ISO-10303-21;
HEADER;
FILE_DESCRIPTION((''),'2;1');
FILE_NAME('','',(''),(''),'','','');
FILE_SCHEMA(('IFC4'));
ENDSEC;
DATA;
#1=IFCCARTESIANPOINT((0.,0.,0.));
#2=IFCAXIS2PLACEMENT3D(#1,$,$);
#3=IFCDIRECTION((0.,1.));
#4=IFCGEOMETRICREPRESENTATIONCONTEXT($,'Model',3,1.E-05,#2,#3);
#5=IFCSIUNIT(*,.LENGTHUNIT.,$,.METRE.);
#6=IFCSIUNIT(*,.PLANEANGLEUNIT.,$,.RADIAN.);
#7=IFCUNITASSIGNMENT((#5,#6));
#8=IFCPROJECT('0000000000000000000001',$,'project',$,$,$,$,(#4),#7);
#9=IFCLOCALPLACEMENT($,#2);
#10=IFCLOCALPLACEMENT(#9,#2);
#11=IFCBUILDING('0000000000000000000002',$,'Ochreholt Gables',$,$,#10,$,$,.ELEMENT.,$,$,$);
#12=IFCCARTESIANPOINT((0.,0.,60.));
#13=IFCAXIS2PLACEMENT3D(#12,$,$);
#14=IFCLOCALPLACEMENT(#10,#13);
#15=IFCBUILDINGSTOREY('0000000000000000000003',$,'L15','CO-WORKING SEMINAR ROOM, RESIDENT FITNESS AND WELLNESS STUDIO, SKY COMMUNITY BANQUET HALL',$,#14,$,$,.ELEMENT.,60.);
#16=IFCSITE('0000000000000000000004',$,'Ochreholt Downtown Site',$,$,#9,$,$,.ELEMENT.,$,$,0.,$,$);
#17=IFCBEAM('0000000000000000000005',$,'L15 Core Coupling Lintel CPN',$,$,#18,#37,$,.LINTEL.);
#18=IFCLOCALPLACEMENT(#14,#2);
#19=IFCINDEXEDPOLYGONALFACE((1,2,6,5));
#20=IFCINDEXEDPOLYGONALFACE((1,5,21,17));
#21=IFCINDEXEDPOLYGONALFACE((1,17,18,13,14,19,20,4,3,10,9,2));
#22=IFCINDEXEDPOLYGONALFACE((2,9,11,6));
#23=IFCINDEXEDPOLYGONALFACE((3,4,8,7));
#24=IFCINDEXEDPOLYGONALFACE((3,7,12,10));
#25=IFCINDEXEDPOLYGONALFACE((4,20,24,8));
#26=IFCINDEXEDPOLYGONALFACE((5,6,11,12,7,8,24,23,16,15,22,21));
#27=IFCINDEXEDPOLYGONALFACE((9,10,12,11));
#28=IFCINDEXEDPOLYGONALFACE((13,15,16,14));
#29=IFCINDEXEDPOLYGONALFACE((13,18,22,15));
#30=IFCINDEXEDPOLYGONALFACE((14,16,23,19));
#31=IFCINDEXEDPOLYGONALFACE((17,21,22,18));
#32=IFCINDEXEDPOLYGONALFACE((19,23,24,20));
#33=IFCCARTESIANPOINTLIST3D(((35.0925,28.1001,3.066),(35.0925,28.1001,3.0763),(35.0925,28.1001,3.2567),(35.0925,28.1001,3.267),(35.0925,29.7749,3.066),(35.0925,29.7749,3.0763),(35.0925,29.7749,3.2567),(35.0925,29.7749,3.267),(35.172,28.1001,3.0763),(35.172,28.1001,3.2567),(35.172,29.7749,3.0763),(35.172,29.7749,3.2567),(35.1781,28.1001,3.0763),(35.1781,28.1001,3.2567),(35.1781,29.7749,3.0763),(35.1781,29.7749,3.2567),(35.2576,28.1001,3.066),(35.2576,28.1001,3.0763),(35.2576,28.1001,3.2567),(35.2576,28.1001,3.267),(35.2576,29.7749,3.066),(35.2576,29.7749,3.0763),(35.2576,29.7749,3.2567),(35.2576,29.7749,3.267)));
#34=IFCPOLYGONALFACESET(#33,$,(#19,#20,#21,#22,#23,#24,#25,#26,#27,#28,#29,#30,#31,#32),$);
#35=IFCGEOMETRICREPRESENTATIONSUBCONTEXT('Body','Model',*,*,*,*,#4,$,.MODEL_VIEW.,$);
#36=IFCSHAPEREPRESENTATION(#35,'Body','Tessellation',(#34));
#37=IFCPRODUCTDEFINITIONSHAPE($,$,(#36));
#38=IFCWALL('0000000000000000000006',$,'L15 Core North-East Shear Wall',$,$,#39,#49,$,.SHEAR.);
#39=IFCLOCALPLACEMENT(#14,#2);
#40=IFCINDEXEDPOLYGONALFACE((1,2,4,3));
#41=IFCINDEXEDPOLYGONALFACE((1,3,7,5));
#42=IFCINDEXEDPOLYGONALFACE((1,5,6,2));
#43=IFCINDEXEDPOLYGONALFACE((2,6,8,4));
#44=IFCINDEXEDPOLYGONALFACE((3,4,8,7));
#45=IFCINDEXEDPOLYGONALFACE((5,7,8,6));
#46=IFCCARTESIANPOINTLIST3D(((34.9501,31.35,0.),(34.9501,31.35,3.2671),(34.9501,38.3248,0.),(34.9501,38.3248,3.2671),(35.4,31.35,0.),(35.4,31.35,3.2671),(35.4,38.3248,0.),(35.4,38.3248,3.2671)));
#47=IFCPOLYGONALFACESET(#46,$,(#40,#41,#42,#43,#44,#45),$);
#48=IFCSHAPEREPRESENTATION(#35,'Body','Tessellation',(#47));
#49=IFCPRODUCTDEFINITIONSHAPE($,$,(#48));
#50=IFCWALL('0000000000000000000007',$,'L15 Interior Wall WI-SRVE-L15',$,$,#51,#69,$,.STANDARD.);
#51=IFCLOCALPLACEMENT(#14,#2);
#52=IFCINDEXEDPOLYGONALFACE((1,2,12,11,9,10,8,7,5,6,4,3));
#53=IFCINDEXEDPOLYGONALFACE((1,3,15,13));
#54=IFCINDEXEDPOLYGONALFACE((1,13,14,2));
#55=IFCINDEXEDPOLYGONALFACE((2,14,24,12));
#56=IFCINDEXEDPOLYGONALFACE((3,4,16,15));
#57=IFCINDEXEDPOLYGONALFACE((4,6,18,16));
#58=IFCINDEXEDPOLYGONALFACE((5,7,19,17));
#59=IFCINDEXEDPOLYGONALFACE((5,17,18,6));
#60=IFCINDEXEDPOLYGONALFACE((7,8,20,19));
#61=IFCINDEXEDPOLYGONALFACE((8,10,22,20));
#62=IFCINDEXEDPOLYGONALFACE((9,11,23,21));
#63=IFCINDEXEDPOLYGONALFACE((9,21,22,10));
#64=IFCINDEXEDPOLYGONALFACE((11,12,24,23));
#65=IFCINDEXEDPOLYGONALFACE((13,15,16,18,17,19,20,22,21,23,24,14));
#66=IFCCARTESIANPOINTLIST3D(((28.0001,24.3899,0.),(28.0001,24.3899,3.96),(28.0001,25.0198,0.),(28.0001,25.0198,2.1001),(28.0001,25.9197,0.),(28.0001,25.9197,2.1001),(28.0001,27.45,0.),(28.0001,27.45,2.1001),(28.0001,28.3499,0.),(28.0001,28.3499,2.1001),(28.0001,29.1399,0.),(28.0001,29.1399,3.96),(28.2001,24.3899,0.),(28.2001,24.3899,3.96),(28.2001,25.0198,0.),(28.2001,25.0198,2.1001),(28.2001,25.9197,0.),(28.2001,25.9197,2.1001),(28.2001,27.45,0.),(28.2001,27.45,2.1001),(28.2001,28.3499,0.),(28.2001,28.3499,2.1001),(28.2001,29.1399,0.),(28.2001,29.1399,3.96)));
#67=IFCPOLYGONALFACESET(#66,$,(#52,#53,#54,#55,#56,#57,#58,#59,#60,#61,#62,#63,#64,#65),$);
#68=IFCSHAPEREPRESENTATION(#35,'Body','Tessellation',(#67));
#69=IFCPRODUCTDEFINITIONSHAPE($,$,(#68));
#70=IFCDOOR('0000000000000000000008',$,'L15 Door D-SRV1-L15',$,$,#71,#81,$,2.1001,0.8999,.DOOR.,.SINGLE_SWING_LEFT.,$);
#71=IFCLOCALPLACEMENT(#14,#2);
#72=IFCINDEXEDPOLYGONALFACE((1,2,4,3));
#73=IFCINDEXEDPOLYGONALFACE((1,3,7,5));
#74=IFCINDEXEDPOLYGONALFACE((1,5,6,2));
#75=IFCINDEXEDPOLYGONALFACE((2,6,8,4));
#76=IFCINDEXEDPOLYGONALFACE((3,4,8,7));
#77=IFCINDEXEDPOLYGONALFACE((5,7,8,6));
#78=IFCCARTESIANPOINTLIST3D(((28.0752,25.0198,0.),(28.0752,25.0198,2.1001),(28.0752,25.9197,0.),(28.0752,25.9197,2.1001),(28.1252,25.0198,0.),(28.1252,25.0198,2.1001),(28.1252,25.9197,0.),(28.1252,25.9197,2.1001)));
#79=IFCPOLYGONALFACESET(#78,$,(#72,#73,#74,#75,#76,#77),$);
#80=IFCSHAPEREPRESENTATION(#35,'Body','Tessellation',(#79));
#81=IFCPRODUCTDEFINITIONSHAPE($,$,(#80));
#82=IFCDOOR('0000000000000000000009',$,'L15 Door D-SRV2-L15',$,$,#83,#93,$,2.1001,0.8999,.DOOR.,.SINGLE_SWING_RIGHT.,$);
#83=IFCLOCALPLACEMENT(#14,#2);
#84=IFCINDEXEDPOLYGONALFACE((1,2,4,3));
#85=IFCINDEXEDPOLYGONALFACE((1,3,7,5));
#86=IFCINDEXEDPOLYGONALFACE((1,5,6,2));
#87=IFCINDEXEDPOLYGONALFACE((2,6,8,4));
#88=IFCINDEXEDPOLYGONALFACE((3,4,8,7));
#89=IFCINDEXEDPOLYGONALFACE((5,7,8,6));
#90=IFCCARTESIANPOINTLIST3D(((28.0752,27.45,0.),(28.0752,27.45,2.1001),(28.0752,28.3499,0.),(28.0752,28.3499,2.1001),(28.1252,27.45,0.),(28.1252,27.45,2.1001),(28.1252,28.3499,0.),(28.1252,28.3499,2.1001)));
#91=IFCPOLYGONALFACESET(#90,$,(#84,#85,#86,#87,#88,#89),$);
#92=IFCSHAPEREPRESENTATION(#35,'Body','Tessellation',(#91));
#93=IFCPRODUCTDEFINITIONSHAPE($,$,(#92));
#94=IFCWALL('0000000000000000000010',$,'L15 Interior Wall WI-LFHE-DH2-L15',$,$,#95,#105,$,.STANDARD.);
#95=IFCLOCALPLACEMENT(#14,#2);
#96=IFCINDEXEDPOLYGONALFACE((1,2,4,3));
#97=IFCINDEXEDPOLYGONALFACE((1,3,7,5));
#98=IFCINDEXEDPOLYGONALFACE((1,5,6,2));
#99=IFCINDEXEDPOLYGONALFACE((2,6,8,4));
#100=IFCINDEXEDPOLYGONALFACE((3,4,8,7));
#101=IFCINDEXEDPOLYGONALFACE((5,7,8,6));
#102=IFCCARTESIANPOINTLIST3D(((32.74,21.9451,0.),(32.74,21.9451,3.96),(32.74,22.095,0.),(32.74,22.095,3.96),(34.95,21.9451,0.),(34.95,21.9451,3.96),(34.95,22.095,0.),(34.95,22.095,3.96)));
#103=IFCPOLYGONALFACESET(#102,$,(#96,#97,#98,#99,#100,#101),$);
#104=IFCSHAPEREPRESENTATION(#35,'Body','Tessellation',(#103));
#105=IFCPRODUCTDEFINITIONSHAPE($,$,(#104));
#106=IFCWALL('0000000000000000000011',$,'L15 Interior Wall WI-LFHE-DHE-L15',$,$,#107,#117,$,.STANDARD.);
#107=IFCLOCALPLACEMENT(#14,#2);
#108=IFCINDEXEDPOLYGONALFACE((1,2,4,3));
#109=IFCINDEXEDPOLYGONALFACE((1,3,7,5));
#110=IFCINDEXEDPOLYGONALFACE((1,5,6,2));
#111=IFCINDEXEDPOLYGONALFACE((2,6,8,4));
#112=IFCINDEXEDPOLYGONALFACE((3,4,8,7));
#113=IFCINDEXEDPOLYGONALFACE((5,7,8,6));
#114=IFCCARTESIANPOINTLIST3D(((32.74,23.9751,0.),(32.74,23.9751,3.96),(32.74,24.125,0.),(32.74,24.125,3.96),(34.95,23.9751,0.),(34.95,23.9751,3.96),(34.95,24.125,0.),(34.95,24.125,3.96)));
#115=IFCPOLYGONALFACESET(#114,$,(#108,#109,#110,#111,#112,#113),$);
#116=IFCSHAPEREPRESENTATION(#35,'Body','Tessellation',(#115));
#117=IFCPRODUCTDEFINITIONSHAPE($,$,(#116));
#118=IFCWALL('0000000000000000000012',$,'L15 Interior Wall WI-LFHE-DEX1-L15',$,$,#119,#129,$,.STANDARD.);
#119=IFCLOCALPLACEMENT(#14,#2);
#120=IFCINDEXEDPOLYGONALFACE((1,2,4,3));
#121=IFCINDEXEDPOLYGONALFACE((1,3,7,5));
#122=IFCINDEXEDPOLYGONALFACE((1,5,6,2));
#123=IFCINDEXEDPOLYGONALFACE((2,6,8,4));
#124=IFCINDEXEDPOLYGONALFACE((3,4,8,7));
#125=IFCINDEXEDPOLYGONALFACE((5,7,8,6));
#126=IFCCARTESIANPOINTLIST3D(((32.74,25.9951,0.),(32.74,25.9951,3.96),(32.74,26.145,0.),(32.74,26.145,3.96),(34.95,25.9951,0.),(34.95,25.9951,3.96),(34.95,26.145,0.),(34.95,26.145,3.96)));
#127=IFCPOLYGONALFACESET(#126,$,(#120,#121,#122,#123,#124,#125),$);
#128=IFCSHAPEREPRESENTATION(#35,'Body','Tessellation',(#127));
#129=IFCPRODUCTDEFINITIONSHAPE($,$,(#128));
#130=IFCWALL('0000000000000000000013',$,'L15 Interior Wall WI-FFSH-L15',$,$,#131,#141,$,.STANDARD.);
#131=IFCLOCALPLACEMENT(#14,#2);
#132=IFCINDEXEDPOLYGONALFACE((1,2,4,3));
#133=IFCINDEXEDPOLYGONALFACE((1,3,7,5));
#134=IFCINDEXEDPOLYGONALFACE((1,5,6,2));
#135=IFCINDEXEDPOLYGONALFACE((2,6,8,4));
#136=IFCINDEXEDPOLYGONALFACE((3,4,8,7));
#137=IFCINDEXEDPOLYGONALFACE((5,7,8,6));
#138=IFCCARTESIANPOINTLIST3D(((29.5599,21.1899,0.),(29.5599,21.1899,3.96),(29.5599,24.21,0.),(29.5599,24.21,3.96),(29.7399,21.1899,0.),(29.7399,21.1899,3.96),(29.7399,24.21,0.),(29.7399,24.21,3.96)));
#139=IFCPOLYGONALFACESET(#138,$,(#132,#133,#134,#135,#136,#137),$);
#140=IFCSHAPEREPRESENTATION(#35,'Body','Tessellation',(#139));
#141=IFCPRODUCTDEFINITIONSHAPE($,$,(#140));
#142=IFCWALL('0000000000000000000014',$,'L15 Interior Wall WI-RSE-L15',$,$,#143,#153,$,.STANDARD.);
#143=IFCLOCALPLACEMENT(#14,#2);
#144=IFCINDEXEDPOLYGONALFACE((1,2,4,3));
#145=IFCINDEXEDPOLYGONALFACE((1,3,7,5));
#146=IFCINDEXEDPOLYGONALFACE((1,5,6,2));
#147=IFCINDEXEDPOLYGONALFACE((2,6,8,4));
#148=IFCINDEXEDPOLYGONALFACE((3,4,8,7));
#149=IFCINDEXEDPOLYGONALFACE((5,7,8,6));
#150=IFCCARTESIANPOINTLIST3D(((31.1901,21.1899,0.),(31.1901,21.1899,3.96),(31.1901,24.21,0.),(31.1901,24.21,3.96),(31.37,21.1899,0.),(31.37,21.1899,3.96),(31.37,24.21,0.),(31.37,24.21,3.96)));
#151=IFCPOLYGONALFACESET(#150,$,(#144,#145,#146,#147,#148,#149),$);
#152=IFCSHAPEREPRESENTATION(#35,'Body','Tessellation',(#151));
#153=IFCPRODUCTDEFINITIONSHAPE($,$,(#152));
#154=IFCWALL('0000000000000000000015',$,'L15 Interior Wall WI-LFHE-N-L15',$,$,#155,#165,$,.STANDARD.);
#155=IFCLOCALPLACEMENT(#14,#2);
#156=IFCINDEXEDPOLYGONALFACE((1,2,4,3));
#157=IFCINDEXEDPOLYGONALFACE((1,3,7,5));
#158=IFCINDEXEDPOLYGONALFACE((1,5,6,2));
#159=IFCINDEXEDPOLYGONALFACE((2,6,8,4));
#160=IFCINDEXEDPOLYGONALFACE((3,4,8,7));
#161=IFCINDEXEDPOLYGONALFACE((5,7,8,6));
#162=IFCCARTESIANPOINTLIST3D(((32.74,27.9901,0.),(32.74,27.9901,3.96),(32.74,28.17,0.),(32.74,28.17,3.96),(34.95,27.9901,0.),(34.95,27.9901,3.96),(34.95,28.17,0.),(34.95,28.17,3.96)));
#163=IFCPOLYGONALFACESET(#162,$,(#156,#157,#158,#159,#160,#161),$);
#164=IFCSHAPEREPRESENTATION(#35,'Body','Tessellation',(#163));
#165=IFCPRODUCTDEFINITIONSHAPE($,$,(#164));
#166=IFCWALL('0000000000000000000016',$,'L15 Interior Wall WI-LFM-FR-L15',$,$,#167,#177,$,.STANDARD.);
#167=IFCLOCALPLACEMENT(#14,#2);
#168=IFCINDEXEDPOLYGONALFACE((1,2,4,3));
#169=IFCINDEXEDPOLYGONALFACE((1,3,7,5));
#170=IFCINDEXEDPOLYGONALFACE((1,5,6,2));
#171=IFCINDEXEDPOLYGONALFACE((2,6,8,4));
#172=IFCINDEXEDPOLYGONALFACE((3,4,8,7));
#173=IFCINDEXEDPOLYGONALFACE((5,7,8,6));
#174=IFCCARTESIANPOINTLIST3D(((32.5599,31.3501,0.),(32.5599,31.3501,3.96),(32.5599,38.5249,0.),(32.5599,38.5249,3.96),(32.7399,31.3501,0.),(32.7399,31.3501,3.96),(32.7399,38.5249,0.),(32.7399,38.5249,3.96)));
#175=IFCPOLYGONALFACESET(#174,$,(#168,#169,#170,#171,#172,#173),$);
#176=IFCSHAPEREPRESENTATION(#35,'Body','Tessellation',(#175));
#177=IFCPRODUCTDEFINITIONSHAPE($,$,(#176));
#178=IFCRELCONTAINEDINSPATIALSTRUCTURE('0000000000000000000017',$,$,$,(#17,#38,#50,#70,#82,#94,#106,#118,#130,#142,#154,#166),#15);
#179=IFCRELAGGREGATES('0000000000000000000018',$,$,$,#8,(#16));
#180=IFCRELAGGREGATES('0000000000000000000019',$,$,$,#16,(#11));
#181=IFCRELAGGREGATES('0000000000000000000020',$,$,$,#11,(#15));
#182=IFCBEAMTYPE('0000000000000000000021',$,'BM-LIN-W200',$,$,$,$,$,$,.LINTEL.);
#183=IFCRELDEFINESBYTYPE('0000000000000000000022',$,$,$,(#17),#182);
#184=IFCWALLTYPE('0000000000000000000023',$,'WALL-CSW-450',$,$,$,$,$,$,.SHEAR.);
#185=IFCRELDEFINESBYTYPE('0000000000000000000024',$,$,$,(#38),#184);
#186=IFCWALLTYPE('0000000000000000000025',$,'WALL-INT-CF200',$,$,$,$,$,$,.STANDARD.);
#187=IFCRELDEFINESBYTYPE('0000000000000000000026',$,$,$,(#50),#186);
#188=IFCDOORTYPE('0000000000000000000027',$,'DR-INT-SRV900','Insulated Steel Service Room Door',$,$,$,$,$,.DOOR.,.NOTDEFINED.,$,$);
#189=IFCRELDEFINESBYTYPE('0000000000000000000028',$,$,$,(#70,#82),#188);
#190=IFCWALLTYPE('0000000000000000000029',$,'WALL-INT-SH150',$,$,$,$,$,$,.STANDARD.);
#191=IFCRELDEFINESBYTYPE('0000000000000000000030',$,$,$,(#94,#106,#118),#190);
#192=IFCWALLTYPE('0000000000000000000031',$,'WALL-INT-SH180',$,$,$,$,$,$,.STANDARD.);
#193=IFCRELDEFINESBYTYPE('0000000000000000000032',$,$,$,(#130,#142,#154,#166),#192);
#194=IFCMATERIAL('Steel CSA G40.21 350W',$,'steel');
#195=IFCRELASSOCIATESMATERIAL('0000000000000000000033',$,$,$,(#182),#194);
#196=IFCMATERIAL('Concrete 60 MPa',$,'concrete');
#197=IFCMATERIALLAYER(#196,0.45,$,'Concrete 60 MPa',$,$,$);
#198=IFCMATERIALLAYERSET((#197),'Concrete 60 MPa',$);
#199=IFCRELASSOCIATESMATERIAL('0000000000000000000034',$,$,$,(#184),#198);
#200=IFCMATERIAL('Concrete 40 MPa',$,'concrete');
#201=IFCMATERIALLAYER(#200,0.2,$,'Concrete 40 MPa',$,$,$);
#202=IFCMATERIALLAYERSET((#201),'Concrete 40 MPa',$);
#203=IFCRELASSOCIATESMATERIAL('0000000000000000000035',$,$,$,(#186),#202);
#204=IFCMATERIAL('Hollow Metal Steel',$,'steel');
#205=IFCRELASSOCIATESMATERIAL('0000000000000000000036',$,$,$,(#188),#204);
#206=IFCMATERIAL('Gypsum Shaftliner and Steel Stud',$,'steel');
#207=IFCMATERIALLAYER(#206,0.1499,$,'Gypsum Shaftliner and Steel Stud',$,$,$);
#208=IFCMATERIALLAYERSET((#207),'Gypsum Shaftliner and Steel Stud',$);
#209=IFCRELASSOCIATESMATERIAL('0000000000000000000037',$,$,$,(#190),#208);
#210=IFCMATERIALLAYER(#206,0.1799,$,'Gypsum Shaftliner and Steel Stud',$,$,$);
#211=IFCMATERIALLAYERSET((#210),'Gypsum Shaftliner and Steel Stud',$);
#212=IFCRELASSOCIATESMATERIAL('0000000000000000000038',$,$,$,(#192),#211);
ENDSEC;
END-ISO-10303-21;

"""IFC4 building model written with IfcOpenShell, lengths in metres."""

from ifc_helpers import new_model, si_unit, direction, frame, frame_2d, origin, origin_2d, place, context, subcontext, project, spatial, rectangle, i_section, extrude, material, layer, layer_set, material_profile, profile_set, type_object, element, fill, save


model = new_model("IFC4")

# Units and contexts
model_context = context("Model", 3, precision=1e-05, world=origin(), true_north=direction((0.0, 1.0)))
body_context = subcontext(model_context, "Body", "Model", "MODEL_VIEW")
ifc_project = project(units=[si_unit("LENGTHUNIT", "METRE"), si_unit("PLANEANGLEUNIT", "RADIAN")], contexts=[model_context])

# Site, building, storey
site_placement = place(None, origin())
site = spatial("IfcSite", under=ifc_project, at=site_placement, Name="Ochreholt Downtown Site", CompositionType="ELEMENT", RefElevation=0.0)
building_placement = place(site_placement, origin())
building = spatial("IfcBuilding", under=site, at=building_placement, Name="Ochreholt Gables", CompositionType="ELEMENT")
storey_placement = place(building_placement, frame((0.0, 0.0, 60.0)))
storey = spatial("IfcBuildingStorey", under=building, at=storey_placement, Name="L15", Description="CO-WORKING SEMINAR ROOM, RESIDENT FITNESS AND WELLNESS STUDIO, SKY COMMUNITY BANQUET HALL", CompositionType="ELEMENT", Elevation=60.0)

# Beam
ifc_material_1 = material(Name="Steel CSA G40.21 350W", Category="steel")
ifc_material_profile = material_profile(ifc_material_1, i_section(OverallWidth=0.165, OverallDepth=0.2009, WebThickness=0.0061, FlangeThickness=0.0103, at=origin_2d()), Name="W200X36")
ifc_profile_set = profile_set([ifc_material_profile], Name="Steel CSA G40.21 350W")
beam_type = type_object("IfcBeamType", Name="BM-LIN-W200", PredefinedType="LINTEL", material=ifc_profile_set)
beam_placement = place(storey_placement, frame((35.175, 28.1001, 3.1665), z_axis=(0.0, 1.0, 0.0), x_axis=(-1.0, 0.0, 0.0)))
element("IfcBeam", 1, at=beam_placement, inside=storey, type_object=beam_type, Name="L15 Core Coupling Lintel CPN", PredefinedType="LINTEL", context=body_context, shape_type="SweptSolid", body=[
    extrude(i_section(OverallWidth=0.165, OverallDepth=0.2009, WebThickness=0.0061, FlangeThickness=0.0103, at=origin_2d()), origin(), (0.0, 0.0, 1.0), 1.6748),
])

# Wall
ifc_material_2 = material(Name="Concrete 60 MPa", Category="concrete")
ifc_layer_1 = layer(ifc_material_2, 0.45, Name="Concrete 60 MPa")
ifc_layer_set_1 = layer_set([ifc_layer_1], Name="Concrete 60 MPa")
wall_type_1 = type_object("IfcWallType", Name="WALL-CSW-450", PredefinedType="SHEAR", material=ifc_layer_set_1)
wall_1_placement = place(storey_placement, frame((35.175, 31.3501, 0.0), z_axis=(0.0, 0.0, 1.0), x_axis=(0.0, 1.0, 0.0)))
element("IfcWall", 2, at=wall_1_placement, inside=storey, type_object=wall_type_1, Name="L15 Core North-East Shear Wall", PredefinedType="SHEAR", context=body_context, shape_type="SweptSolid", body=[
    extrude(rectangle(XDim=6.9749, YDim=0.45, at=frame_2d((3.4873, 0.0))), origin(), (0.0, 0.0, 1.0), 3.2671),
])

# Wall, openings, doors
ifc_material_3 = material(Name="Concrete 40 MPa", Category="concrete")
ifc_layer_2 = layer(ifc_material_3, 0.2, Name="Concrete 40 MPa")
ifc_layer_set_2 = layer_set([ifc_layer_2], Name="Concrete 40 MPa")
wall_type_2 = type_object("IfcWallType", Name="WALL-INT-CF200", PredefinedType="STANDARD", material=ifc_layer_set_2)
wall_2_placement = place(storey_placement, frame((28.1001, 24.3899, 0.0), z_axis=(0.0, 0.0, 1.0), x_axis=(0.0, 1.0, 0.0)))
wall_2 = element("IfcWall", 3, at=wall_2_placement, inside=storey, type_object=wall_type_2, Name="L15 Interior Wall WI-SRVE-L15", PredefinedType="STANDARD", context=body_context, shape_type="SweptSolid", body=[
    extrude(rectangle(XDim=4.75, YDim=0.2, at=frame_2d((2.375, 0.0))), origin(), (0.0, 0.0, 1.0), 3.96),
])
opening_1_placement = place(wall_2_placement, frame((0.6299, 0.0, 0.0)))
opening_1 = element("IfcOpeningElement", 4, at=opening_1_placement, cuts=wall_2, PredefinedType="OPENING", context=body_context, shape_type="SweptSolid", body=[
    extrude(rectangle(XDim=0.8999, YDim=2.1001, at=frame_2d((0.45, 1.05))), frame((0.0, 0.1099, 0.0), z_axis=(0.0, -1.0, 0.0), x_axis=(1.0, 0.0, 0.0)), (0.0, 0.0, 1.0), 0.22),
])
opening_2_placement = place(wall_2_placement, frame((3.0601, 0.0, 0.0)))
opening_2 = element("IfcOpeningElement", 5, at=opening_2_placement, cuts=wall_2, PredefinedType="OPENING", context=body_context, shape_type="SweptSolid", body=[
    extrude(rectangle(XDim=0.8999, YDim=2.1001, at=frame_2d((0.45, 1.05))), frame((0.0, 0.1099, 0.0), z_axis=(0.0, -1.0, 0.0), x_axis=(1.0, 0.0, 0.0)), (0.0, 0.0, 1.0), 0.22),
])
ifc_material_4 = material(Name="Hollow Metal Steel", Category="steel")
door_type = type_object("IfcDoorType", Name="DR-INT-SRV900", Description="Insulated Steel Service Room Door", OperationType="NOTDEFINED", PredefinedType="DOOR", material=ifc_material_4)
door_1_placement = place(opening_1_placement, origin())
door_1 = element("IfcDoor", 6, at=door_1_placement, inside=storey, type_object=door_type, Name="L15 Door D-SRV1-L15", OperationType="SINGLE_SWING_LEFT", OverallHeight=2.1001, OverallWidth=0.8999, PredefinedType="DOOR", context=body_context, shape_type="SweptSolid", body=[
    extrude(rectangle(XDim=0.8999, YDim=2.1001, at=frame_2d((0.45, 1.05))), frame((0.0, 0.0249, 0.0), z_axis=(0.0, -1.0, 0.0), x_axis=(1.0, 0.0, 0.0)), (0.0, 0.0, 1.0), 0.05),
])
fill(opening_1, door_1)
door_2_placement = place(opening_2_placement, origin())
door_2 = element("IfcDoor", 7, at=door_2_placement, inside=storey, type_object=door_type, Name="L15 Door D-SRV2-L15", OperationType="SINGLE_SWING_RIGHT", OverallHeight=2.1001, OverallWidth=0.8999, PredefinedType="DOOR", context=body_context, shape_type="SweptSolid", body=[
    extrude(rectangle(XDim=0.8999, YDim=2.1001, at=frame_2d((0.45, 1.05))), frame((0.0, 0.0249, 0.0), z_axis=(0.0, -1.0, 0.0), x_axis=(1.0, 0.0, 0.0)), (0.0, 0.0, 1.0), 0.05),
])
fill(opening_2, door_2)

# Walls
ifc_material_5 = material(Name="Gypsum Shaftliner and Steel Stud", Category="steel")
ifc_layer_3 = layer(ifc_material_5, 0.1499, Name="Gypsum Shaftliner and Steel Stud")
ifc_layer_set_3 = layer_set([ifc_layer_3], Name="Gypsum Shaftliner and Steel Stud")
wall_type_3 = type_object("IfcWallType", Name="WALL-INT-SH150", PredefinedType="STANDARD", material=ifc_layer_set_3)
for number, where, z_axis, x_axis, name in (
    (8, (32.74, 22.02, 0.0), (0.0, 0.0, 1.0), (1.0, 0.0, 0.0), "L15 Interior Wall WI-LFHE-DH2-L15"),
    (9, (32.74, 24.05, 0.0), (0.0, 0.0, 1.0), (1.0, 0.0, 0.0), "L15 Interior Wall WI-LFHE-DHE-L15"),
    (10, (32.74, 26.0701, 0.0), (0.0, 0.0, 1.0), (1.0, 0.0, 0.0), "L15 Interior Wall WI-LFHE-DEX1-L15"),
):
    element("IfcWall", number, at=place(storey_placement, frame(where, z_axis=z_axis, x_axis=x_axis)), inside=storey, type_object=wall_type_3, Name=name, PredefinedType="STANDARD", context=body_context, shape_type="SweptSolid", body=[
        extrude(rectangle(XDim=2.21, YDim=0.1499, at=frame_2d((1.105, 0.0))), origin(), (0.0, 0.0, 1.0), 3.96),
    ])
ifc_layer_4 = layer(ifc_material_5, 0.1799, Name="Gypsum Shaftliner and Steel Stud")
ifc_layer_set_4 = layer_set([ifc_layer_4], Name="Gypsum Shaftliner and Steel Stud")
wall_type_4 = type_object("IfcWallType", Name="WALL-INT-SH180", PredefinedType="STANDARD", material=ifc_layer_set_4)
for number, where, z_axis, x_axis, name in (
    (11, (29.6499, 21.1899, 0.0), (0.0, 0.0, 1.0), (0.0, 1.0, 0.0), "L15 Interior Wall WI-FFSH-L15"),
    (12, (31.28, 21.1899, 0.0), (0.0, 0.0, 1.0), (0.0, 1.0, 0.0), "L15 Interior Wall WI-RSE-L15"),
):
    element("IfcWall", number, at=place(storey_placement, frame(where, z_axis=z_axis, x_axis=x_axis)), inside=storey, type_object=wall_type_4, Name=name, PredefinedType="STANDARD", context=body_context, shape_type="SweptSolid", body=[
        extrude(rectangle(XDim=3.02, YDim=0.1799, at=frame_2d((1.51, 0.0))), origin(), (0.0, 0.0, 1.0), 3.96),
    ])
wall_3_placement = place(storey_placement, frame((32.74, 28.0801, 0.0), z_axis=(0.0, 0.0, 1.0), x_axis=(1.0, 0.0, 0.0)))
element("IfcWall", 13, at=wall_3_placement, inside=storey, type_object=wall_type_4, Name="L15 Interior Wall WI-LFHE-N-L15", PredefinedType="STANDARD", context=body_context, shape_type="SweptSolid", body=[
    extrude(rectangle(XDim=2.21, YDim=0.1799, at=frame_2d((1.105, 0.0))), origin(), (0.0, 0.0, 1.0), 3.96),
])
wall_4_placement = place(storey_placement, frame((32.6499, 31.3501, 0.0), z_axis=(0.0, 0.0, 1.0), x_axis=(0.0, 1.0, 0.0)))
element("IfcWall", 14, at=wall_4_placement, inside=storey, type_object=wall_type_4, Name="L15 Interior Wall WI-LFM-FR-L15", PredefinedType="STANDARD", context=body_context, shape_type="SweptSolid", body=[
    extrude(rectangle(XDim=7.1748, YDim=0.1799, at=frame_2d((3.5874, 0.0))), origin(), (0.0, 0.0, 1.0), 3.96),
])

save(model, "model.ifc")
